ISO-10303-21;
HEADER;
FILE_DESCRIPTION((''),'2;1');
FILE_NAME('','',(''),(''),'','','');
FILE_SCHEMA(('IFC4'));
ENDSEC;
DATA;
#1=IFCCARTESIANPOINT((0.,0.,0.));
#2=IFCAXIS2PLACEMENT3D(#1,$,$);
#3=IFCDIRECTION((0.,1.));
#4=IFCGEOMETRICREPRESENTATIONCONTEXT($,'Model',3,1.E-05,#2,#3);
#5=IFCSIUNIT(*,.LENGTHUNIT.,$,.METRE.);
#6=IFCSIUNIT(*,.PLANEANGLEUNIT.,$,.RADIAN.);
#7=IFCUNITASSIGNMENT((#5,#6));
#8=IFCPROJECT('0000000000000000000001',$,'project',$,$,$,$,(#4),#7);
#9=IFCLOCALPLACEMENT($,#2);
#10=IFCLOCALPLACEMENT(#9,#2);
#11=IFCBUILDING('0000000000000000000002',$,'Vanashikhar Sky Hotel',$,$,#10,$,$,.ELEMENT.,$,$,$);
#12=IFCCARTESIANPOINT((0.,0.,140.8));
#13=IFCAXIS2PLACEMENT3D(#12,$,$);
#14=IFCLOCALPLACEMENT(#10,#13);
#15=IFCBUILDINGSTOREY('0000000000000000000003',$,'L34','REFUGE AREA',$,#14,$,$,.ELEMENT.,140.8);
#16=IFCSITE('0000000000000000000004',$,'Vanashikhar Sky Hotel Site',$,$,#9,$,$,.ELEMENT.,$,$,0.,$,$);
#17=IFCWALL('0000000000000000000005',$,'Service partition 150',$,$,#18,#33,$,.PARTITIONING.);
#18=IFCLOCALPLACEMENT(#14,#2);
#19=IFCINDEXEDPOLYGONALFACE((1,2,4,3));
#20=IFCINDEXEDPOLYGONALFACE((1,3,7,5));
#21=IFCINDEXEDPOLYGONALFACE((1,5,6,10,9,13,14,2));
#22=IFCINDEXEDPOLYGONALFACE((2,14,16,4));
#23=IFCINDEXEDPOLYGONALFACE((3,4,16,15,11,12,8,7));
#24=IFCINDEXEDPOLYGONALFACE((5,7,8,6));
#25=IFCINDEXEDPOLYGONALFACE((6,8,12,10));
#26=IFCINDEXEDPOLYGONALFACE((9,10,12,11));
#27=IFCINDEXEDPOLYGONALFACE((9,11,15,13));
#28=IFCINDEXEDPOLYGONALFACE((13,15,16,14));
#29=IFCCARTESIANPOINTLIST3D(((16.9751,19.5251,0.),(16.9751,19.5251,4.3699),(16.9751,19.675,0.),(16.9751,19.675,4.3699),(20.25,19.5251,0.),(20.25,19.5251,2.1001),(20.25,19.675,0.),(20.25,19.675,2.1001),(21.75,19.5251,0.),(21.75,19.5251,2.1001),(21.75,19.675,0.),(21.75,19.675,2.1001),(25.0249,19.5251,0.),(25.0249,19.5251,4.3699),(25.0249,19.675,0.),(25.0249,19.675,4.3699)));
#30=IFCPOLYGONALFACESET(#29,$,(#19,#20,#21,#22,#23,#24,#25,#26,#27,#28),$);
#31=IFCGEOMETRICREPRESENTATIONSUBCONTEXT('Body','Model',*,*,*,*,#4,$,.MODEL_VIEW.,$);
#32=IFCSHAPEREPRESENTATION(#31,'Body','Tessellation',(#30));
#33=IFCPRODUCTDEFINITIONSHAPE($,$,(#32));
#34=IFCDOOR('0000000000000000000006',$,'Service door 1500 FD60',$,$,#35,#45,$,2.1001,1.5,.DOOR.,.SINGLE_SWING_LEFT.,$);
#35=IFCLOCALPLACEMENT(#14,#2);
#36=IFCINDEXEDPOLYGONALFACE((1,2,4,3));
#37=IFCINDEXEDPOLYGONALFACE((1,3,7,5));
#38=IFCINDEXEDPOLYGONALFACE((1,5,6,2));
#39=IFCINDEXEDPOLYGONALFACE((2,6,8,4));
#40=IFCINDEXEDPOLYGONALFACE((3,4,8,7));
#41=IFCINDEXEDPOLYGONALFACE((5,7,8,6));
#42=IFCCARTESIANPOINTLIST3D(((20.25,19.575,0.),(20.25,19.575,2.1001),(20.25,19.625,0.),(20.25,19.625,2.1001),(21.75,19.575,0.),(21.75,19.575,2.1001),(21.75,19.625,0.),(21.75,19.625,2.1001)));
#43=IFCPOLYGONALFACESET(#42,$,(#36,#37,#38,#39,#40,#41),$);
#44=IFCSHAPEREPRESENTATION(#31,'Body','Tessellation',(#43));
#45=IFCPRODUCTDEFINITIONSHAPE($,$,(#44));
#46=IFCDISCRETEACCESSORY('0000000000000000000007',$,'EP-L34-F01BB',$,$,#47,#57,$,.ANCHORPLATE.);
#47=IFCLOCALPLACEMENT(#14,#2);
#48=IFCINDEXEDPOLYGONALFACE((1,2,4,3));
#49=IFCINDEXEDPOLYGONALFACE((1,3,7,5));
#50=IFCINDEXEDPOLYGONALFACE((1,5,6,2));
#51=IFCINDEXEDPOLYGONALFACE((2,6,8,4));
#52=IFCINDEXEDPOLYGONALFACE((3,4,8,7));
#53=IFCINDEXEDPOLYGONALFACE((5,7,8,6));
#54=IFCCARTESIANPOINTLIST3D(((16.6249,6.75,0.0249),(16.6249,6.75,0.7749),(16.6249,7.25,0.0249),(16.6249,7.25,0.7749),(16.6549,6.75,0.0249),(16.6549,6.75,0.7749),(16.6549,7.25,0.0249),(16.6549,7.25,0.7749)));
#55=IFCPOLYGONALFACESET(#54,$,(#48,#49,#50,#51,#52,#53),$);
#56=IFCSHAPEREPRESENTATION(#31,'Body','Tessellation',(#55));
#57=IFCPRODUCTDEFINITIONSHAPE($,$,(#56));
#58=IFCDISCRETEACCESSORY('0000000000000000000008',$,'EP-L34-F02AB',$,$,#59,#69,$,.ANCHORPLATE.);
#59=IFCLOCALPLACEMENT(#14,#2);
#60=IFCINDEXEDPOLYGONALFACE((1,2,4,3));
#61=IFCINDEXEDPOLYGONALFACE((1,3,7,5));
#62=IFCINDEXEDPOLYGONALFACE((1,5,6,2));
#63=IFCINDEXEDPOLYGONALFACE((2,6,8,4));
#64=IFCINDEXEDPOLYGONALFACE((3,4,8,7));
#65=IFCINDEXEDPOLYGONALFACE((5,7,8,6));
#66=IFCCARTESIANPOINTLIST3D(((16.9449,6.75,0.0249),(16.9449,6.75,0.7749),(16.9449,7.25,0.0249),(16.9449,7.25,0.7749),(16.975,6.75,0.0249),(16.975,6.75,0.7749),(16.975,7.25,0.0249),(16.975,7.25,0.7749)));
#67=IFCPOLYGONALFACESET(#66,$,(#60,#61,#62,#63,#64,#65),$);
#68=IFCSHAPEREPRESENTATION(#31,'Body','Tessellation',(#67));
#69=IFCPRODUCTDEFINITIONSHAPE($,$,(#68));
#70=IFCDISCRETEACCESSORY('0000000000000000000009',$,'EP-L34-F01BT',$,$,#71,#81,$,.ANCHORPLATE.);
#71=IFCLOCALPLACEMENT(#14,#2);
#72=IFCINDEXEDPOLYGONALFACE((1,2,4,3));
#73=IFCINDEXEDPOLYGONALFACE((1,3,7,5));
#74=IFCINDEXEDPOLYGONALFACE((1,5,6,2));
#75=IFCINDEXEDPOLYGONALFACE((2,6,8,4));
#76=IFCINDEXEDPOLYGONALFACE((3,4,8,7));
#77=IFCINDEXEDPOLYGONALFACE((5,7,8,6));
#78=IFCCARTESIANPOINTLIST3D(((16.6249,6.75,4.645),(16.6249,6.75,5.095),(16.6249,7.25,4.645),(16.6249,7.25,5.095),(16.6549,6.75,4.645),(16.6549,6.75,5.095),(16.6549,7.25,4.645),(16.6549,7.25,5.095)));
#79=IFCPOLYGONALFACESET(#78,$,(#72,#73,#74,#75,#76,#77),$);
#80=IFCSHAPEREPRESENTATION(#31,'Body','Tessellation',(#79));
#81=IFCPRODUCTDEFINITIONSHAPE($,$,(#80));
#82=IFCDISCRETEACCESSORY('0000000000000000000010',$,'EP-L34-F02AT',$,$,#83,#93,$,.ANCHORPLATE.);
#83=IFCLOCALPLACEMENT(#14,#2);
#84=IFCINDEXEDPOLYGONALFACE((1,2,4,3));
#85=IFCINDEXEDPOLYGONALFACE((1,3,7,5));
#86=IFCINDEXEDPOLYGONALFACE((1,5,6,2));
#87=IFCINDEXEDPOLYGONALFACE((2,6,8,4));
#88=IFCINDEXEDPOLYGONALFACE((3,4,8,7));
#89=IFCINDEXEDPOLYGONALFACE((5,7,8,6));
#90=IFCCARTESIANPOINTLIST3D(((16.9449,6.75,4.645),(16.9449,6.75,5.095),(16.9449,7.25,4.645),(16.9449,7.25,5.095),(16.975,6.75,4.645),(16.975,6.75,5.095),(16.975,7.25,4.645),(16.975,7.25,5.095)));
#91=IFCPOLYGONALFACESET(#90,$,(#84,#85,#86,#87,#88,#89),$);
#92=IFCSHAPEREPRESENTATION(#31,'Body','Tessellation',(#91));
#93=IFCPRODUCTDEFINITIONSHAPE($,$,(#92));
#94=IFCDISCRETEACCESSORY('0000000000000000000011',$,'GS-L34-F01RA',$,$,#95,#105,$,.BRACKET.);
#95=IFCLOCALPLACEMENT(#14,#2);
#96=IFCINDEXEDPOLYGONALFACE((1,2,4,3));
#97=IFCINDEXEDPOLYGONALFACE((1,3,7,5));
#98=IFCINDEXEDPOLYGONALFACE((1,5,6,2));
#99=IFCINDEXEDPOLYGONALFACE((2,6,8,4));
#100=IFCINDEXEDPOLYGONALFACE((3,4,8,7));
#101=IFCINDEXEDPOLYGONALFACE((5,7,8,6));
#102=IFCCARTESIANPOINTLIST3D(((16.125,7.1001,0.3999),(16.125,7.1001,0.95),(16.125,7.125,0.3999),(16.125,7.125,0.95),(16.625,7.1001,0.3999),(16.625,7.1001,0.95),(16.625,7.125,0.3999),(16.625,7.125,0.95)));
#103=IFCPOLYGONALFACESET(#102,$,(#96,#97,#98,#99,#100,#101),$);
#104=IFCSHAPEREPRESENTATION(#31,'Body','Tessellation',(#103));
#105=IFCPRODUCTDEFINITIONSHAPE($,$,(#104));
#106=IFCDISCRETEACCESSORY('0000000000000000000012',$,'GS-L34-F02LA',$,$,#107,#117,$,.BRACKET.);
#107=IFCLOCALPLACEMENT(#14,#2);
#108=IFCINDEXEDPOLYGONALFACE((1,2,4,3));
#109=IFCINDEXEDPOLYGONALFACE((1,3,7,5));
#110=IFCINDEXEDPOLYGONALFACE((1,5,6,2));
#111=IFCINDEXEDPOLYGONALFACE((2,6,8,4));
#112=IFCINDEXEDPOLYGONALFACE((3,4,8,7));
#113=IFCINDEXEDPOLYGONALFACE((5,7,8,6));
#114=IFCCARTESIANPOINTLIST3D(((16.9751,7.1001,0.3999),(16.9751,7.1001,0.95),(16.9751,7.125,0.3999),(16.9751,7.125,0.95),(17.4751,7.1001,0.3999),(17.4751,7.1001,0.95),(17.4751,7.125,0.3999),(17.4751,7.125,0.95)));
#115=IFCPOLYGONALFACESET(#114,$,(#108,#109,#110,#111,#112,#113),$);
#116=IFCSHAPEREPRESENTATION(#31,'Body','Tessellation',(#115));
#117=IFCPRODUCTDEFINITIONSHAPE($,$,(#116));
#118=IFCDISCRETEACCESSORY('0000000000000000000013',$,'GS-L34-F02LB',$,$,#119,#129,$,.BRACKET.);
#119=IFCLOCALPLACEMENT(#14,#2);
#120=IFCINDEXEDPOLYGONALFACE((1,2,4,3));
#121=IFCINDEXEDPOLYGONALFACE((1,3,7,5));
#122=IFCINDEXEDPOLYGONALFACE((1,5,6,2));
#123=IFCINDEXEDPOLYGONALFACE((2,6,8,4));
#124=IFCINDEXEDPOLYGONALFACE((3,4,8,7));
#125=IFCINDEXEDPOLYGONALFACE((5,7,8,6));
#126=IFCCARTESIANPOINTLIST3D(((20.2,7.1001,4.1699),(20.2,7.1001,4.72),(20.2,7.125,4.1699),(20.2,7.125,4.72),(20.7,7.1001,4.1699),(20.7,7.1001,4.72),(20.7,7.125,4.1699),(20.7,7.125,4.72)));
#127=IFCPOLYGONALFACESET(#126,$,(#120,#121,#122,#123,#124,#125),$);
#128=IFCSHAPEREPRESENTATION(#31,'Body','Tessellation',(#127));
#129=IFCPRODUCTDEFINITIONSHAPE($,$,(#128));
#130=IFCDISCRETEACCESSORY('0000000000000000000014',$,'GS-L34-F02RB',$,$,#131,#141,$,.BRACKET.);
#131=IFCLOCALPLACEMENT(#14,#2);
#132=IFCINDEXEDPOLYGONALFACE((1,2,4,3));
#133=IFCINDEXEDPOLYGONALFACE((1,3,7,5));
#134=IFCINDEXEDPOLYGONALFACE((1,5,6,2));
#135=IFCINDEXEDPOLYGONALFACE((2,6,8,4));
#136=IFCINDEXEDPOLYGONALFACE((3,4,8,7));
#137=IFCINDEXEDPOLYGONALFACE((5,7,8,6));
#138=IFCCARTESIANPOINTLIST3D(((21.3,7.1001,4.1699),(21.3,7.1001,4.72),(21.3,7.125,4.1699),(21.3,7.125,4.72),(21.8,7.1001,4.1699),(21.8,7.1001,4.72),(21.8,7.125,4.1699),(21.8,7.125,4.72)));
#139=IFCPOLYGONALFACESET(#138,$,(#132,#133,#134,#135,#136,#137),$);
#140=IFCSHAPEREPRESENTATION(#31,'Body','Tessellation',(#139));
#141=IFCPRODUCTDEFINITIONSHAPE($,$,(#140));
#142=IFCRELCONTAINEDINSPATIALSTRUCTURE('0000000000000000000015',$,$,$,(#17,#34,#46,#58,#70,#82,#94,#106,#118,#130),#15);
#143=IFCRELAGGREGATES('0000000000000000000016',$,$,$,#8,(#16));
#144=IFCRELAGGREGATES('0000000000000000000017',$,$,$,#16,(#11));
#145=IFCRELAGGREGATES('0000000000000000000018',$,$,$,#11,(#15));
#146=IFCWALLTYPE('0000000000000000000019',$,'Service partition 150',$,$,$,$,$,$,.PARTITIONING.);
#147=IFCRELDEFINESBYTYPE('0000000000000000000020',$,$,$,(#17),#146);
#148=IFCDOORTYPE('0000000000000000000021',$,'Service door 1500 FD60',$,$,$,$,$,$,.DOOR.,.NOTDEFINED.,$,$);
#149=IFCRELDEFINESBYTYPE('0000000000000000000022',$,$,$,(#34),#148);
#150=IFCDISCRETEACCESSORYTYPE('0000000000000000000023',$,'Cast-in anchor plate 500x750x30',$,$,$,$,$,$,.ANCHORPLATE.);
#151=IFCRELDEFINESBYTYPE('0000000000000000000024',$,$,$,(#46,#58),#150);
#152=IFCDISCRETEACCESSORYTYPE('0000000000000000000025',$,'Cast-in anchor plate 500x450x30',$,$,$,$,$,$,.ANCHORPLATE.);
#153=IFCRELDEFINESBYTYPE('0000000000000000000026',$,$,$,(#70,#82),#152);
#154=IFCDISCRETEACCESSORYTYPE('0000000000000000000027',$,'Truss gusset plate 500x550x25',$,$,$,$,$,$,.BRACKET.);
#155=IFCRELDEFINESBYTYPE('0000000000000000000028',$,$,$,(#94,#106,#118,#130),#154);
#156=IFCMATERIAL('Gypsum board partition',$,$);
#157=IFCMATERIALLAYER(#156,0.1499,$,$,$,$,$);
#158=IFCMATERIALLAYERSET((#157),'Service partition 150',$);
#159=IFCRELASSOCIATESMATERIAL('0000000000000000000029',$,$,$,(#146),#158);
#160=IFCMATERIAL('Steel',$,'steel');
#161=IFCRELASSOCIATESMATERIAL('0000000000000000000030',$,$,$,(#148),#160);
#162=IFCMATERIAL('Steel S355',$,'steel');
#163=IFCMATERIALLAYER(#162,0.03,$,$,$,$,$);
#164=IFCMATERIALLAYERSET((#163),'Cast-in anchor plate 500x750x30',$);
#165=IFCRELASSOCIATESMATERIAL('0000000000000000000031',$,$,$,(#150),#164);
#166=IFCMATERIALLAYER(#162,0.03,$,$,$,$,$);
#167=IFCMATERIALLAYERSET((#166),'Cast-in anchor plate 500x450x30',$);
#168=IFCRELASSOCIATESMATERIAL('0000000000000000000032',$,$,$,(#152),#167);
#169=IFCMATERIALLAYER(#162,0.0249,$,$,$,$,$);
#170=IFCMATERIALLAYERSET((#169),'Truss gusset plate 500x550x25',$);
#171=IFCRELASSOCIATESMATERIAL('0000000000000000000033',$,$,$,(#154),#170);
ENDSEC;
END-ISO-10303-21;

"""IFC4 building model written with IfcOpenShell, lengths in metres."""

from ifc_helpers import new_model, si_unit, direction, frame, frame_2d, origin, origin_2d, place, context, subcontext, project, spatial, rectangle, extrude, source, transform, mapped, material, layer, layer_set, type_object, element, fill, save


model = new_model("IFC4")

# Units and contexts
model_context = context("Model", 3, precision=1e-05, world=origin(), true_north=direction((0.0, 1.0)))
body_context = subcontext(model_context, "Body", "Model", "MODEL_VIEW")
ifc_project = project(units=[si_unit("LENGTHUNIT", "METRE"), si_unit("PLANEANGLEUNIT", "RADIAN")], contexts=[model_context])

# Site, building, storey
site_placement = place(None, origin())
site = spatial("IfcSite", under=ifc_project, at=site_placement, Name="Vanashikhar Sky Hotel Site", CompositionType="ELEMENT", RefElevation=0.0)
building_placement = place(site_placement, origin())
building = spatial("IfcBuilding", under=site, at=building_placement, Name="Vanashikhar Sky Hotel", CompositionType="ELEMENT")
storey_placement = place(building_placement, frame((0.0, 0.0, 140.8)))
storey = spatial("IfcBuildingStorey", under=building, at=storey_placement, Name="L34", Description="REFUGE AREA", CompositionType="ELEMENT", Elevation=140.8)

# Shared definitions
ifc_material_1 = material(Name="Steel S355", Category="steel")

# Wall, opening, door
ifc_material_2 = material(Name="Gypsum board partition")
ifc_layer_1 = layer(ifc_material_2, 0.1499)
ifc_layer_set_1 = layer_set([ifc_layer_1], Name="Service partition 150")
wall_type = type_object("IfcWallType", Name="Service partition 150", PredefinedType="PARTITIONING", material=ifc_layer_set_1)
shared_shape_1 = source(origin(), body_context, "Body", "SweptSolid", [
    extrude(rectangle(XDim=8.0498, YDim=0.1499, at=frame_2d((4.0249, 0.0))), origin(), (0.0, 0.0, 1.0), 4.3699),
])
wall_placement = place(storey_placement, frame((16.9751, 19.6001, 0.0), z_axis=(0.0, 0.0, 1.0), x_axis=(1.0, 0.0, 0.0)))
wall = element("IfcWall", 1, at=wall_placement, inside=storey, type_object=wall_type, Name="Service partition 150", PredefinedType="PARTITIONING", context=body_context, shape_type="MappedRepresentation", body=[
    mapped(shared_shape_1, transform((0.0, 0.0, 0.0), scale=1.0)),
])
shared_shape_2 = source(origin(), body_context, "Body", "SweptSolid", [
    extrude(rectangle(XDim=1.5, YDim=2.1001, at=frame_2d((0.75, 1.05))), frame((0.0, 0.085, 0.0), z_axis=(0.0, -1.0, 0.0), x_axis=(1.0, 0.0, 0.0)), (0.0, 0.0, 1.0), 0.1699),
])
opening_placement = place(wall_placement, frame((3.2749, 0.0, 0.0)))
opening = element("IfcOpeningElement", 2, at=opening_placement, cuts=wall, PredefinedType="OPENING", context=body_context, shape_type="MappedRepresentation", body=[
    mapped(shared_shape_2, transform((0.0, 0.0, 0.0), scale=1.0)),
])
ifc_material_3 = material(Name="Steel", Category="steel")
door_type = type_object("IfcDoorType", Name="Service door 1500 FD60", OperationType="NOTDEFINED", PredefinedType="DOOR", material=ifc_material_3)
shared_shape_3 = source(origin(), body_context, "Body", "SweptSolid", [
    extrude(rectangle(XDim=1.5, YDim=2.1001, at=frame_2d((0.75, 1.05))), frame((0.0, 0.0249, 0.0), z_axis=(0.0, -1.0, 0.0), x_axis=(1.0, 0.0, 0.0)), (0.0, 0.0, 1.0), 0.05),
])
door_placement = place(opening_placement, origin())
door = element("IfcDoor", 3, at=door_placement, inside=storey, type_object=door_type, Name="Service door 1500 FD60", OperationType="SINGLE_SWING_LEFT", OverallHeight=2.1001, OverallWidth=1.5, PredefinedType="DOOR", context=body_context, shape_type="MappedRepresentation", body=[
    mapped(shared_shape_3, transform((0.0, 0.0, 0.0), scale=1.0)),
])
fill(opening, door)

# Discrete accessories
ifc_layer_2 = layer(ifc_material_1, 0.03)
ifc_layer_set_2 = layer_set([ifc_layer_2], Name="Cast-in anchor plate 500x750x30")
discrete_accessory_type_1 = type_object("IfcDiscreteAccessoryType", Name="Cast-in anchor plate 500x750x30", PredefinedType="ANCHORPLATE", material=ifc_layer_set_2)
shared_shape_4 = source(origin(), body_context, "Body", "SweptSolid", [
    extrude(rectangle(XDim=0.03, YDim=0.5, at=origin_2d()), origin(), (0.0, 0.0, 1.0), 0.75),
])
for number, where, z_axis, x_axis, name in (
    (4, (16.6399, 7.0, 0.0249), (0.0, 0.0, 1.0), (1.0, 0.0, 0.0), "EP-L34-F01BB"),
    (5, (16.96, 7.0, 0.0249), (0.0, 0.0, 1.0), (1.0, 0.0, 0.0), "EP-L34-F02AB"),
):
    element("IfcDiscreteAccessory", number, at=place(storey_placement, frame(where, z_axis=z_axis, x_axis=x_axis)), inside=storey, type_object=discrete_accessory_type_1, Name=name, PredefinedType="ANCHORPLATE", context=body_context, shape_type="MappedRepresentation", body=[
        mapped(shared_shape_4, transform((0.0, 0.0, 0.0), scale=1.0)),
    ])
ifc_layer_3 = layer(ifc_material_1, 0.03)
ifc_layer_set_3 = layer_set([ifc_layer_3], Name="Cast-in anchor plate 500x450x30")
discrete_accessory_type_2 = type_object("IfcDiscreteAccessoryType", Name="Cast-in anchor plate 500x450x30", PredefinedType="ANCHORPLATE", material=ifc_layer_set_3)
shared_shape_5 = source(origin(), body_context, "Body", "SweptSolid", [
    extrude(rectangle(XDim=0.03, YDim=0.5, at=origin_2d()), origin(), (0.0, 0.0, 1.0), 0.45),
])
for number, where, z_axis, x_axis, name in (
    (6, (16.6399, 7.0, 4.645), (0.0, 0.0, 1.0), (1.0, 0.0, 0.0), "EP-L34-F01BT"),
    (7, (16.96, 7.0, 4.645), (0.0, 0.0, 1.0), (1.0, 0.0, 0.0), "EP-L34-F02AT"),
):
    element("IfcDiscreteAccessory", number, at=place(storey_placement, frame(where, z_axis=z_axis, x_axis=x_axis)), inside=storey, type_object=discrete_accessory_type_2, Name=name, PredefinedType="ANCHORPLATE", context=body_context, shape_type="MappedRepresentation", body=[
        mapped(shared_shape_5, transform((0.0, 0.0, 0.0), scale=1.0)),
    ])
ifc_layer_4 = layer(ifc_material_1, 0.0249)
ifc_layer_set_4 = layer_set([ifc_layer_4], Name="Truss gusset plate 500x550x25")
discrete_accessory_type_3 = type_object("IfcDiscreteAccessoryType", Name="Truss gusset plate 500x550x25", PredefinedType="BRACKET", material=ifc_layer_set_4)
shared_shape_6 = source(origin(), body_context, "Body", "SweptSolid", [
    extrude(rectangle(XDim=0.5, YDim=0.0249, at=origin_2d()), origin(), (0.0, 0.0, 1.0), 0.55),
])
for number, where, z_axis, x_axis, name in (
    (8, (16.375, 7.1125, 0.3999), (0.0, 0.0, 1.0), (1.0, 0.0, 0.0), "GS-L34-F01RA"),
    (9, (17.2251, 7.1125, 0.3999), (0.0, 0.0, 1.0), (1.0, 0.0, 0.0), "GS-L34-F02LA"),
    (10, (20.45, 7.1125, 4.1699), (0.0, 0.0, 1.0), (1.0, 0.0, 0.0), "GS-L34-F02LB"),
    (11, (21.55, 7.1125, 4.1699), (0.0, 0.0, 1.0), (1.0, 0.0, 0.0), "GS-L34-F02RB"),
):
    element("IfcDiscreteAccessory", number, at=place(storey_placement, frame(where, z_axis=z_axis, x_axis=x_axis)), inside=storey, type_object=discrete_accessory_type_3, Name=name, PredefinedType="BRACKET", context=body_context, shape_type="MappedRepresentation", body=[
        mapped(shared_shape_6, transform((0.0, 0.0, 0.0), scale=1.0)),
    ])

save(model, "model.ifc")
